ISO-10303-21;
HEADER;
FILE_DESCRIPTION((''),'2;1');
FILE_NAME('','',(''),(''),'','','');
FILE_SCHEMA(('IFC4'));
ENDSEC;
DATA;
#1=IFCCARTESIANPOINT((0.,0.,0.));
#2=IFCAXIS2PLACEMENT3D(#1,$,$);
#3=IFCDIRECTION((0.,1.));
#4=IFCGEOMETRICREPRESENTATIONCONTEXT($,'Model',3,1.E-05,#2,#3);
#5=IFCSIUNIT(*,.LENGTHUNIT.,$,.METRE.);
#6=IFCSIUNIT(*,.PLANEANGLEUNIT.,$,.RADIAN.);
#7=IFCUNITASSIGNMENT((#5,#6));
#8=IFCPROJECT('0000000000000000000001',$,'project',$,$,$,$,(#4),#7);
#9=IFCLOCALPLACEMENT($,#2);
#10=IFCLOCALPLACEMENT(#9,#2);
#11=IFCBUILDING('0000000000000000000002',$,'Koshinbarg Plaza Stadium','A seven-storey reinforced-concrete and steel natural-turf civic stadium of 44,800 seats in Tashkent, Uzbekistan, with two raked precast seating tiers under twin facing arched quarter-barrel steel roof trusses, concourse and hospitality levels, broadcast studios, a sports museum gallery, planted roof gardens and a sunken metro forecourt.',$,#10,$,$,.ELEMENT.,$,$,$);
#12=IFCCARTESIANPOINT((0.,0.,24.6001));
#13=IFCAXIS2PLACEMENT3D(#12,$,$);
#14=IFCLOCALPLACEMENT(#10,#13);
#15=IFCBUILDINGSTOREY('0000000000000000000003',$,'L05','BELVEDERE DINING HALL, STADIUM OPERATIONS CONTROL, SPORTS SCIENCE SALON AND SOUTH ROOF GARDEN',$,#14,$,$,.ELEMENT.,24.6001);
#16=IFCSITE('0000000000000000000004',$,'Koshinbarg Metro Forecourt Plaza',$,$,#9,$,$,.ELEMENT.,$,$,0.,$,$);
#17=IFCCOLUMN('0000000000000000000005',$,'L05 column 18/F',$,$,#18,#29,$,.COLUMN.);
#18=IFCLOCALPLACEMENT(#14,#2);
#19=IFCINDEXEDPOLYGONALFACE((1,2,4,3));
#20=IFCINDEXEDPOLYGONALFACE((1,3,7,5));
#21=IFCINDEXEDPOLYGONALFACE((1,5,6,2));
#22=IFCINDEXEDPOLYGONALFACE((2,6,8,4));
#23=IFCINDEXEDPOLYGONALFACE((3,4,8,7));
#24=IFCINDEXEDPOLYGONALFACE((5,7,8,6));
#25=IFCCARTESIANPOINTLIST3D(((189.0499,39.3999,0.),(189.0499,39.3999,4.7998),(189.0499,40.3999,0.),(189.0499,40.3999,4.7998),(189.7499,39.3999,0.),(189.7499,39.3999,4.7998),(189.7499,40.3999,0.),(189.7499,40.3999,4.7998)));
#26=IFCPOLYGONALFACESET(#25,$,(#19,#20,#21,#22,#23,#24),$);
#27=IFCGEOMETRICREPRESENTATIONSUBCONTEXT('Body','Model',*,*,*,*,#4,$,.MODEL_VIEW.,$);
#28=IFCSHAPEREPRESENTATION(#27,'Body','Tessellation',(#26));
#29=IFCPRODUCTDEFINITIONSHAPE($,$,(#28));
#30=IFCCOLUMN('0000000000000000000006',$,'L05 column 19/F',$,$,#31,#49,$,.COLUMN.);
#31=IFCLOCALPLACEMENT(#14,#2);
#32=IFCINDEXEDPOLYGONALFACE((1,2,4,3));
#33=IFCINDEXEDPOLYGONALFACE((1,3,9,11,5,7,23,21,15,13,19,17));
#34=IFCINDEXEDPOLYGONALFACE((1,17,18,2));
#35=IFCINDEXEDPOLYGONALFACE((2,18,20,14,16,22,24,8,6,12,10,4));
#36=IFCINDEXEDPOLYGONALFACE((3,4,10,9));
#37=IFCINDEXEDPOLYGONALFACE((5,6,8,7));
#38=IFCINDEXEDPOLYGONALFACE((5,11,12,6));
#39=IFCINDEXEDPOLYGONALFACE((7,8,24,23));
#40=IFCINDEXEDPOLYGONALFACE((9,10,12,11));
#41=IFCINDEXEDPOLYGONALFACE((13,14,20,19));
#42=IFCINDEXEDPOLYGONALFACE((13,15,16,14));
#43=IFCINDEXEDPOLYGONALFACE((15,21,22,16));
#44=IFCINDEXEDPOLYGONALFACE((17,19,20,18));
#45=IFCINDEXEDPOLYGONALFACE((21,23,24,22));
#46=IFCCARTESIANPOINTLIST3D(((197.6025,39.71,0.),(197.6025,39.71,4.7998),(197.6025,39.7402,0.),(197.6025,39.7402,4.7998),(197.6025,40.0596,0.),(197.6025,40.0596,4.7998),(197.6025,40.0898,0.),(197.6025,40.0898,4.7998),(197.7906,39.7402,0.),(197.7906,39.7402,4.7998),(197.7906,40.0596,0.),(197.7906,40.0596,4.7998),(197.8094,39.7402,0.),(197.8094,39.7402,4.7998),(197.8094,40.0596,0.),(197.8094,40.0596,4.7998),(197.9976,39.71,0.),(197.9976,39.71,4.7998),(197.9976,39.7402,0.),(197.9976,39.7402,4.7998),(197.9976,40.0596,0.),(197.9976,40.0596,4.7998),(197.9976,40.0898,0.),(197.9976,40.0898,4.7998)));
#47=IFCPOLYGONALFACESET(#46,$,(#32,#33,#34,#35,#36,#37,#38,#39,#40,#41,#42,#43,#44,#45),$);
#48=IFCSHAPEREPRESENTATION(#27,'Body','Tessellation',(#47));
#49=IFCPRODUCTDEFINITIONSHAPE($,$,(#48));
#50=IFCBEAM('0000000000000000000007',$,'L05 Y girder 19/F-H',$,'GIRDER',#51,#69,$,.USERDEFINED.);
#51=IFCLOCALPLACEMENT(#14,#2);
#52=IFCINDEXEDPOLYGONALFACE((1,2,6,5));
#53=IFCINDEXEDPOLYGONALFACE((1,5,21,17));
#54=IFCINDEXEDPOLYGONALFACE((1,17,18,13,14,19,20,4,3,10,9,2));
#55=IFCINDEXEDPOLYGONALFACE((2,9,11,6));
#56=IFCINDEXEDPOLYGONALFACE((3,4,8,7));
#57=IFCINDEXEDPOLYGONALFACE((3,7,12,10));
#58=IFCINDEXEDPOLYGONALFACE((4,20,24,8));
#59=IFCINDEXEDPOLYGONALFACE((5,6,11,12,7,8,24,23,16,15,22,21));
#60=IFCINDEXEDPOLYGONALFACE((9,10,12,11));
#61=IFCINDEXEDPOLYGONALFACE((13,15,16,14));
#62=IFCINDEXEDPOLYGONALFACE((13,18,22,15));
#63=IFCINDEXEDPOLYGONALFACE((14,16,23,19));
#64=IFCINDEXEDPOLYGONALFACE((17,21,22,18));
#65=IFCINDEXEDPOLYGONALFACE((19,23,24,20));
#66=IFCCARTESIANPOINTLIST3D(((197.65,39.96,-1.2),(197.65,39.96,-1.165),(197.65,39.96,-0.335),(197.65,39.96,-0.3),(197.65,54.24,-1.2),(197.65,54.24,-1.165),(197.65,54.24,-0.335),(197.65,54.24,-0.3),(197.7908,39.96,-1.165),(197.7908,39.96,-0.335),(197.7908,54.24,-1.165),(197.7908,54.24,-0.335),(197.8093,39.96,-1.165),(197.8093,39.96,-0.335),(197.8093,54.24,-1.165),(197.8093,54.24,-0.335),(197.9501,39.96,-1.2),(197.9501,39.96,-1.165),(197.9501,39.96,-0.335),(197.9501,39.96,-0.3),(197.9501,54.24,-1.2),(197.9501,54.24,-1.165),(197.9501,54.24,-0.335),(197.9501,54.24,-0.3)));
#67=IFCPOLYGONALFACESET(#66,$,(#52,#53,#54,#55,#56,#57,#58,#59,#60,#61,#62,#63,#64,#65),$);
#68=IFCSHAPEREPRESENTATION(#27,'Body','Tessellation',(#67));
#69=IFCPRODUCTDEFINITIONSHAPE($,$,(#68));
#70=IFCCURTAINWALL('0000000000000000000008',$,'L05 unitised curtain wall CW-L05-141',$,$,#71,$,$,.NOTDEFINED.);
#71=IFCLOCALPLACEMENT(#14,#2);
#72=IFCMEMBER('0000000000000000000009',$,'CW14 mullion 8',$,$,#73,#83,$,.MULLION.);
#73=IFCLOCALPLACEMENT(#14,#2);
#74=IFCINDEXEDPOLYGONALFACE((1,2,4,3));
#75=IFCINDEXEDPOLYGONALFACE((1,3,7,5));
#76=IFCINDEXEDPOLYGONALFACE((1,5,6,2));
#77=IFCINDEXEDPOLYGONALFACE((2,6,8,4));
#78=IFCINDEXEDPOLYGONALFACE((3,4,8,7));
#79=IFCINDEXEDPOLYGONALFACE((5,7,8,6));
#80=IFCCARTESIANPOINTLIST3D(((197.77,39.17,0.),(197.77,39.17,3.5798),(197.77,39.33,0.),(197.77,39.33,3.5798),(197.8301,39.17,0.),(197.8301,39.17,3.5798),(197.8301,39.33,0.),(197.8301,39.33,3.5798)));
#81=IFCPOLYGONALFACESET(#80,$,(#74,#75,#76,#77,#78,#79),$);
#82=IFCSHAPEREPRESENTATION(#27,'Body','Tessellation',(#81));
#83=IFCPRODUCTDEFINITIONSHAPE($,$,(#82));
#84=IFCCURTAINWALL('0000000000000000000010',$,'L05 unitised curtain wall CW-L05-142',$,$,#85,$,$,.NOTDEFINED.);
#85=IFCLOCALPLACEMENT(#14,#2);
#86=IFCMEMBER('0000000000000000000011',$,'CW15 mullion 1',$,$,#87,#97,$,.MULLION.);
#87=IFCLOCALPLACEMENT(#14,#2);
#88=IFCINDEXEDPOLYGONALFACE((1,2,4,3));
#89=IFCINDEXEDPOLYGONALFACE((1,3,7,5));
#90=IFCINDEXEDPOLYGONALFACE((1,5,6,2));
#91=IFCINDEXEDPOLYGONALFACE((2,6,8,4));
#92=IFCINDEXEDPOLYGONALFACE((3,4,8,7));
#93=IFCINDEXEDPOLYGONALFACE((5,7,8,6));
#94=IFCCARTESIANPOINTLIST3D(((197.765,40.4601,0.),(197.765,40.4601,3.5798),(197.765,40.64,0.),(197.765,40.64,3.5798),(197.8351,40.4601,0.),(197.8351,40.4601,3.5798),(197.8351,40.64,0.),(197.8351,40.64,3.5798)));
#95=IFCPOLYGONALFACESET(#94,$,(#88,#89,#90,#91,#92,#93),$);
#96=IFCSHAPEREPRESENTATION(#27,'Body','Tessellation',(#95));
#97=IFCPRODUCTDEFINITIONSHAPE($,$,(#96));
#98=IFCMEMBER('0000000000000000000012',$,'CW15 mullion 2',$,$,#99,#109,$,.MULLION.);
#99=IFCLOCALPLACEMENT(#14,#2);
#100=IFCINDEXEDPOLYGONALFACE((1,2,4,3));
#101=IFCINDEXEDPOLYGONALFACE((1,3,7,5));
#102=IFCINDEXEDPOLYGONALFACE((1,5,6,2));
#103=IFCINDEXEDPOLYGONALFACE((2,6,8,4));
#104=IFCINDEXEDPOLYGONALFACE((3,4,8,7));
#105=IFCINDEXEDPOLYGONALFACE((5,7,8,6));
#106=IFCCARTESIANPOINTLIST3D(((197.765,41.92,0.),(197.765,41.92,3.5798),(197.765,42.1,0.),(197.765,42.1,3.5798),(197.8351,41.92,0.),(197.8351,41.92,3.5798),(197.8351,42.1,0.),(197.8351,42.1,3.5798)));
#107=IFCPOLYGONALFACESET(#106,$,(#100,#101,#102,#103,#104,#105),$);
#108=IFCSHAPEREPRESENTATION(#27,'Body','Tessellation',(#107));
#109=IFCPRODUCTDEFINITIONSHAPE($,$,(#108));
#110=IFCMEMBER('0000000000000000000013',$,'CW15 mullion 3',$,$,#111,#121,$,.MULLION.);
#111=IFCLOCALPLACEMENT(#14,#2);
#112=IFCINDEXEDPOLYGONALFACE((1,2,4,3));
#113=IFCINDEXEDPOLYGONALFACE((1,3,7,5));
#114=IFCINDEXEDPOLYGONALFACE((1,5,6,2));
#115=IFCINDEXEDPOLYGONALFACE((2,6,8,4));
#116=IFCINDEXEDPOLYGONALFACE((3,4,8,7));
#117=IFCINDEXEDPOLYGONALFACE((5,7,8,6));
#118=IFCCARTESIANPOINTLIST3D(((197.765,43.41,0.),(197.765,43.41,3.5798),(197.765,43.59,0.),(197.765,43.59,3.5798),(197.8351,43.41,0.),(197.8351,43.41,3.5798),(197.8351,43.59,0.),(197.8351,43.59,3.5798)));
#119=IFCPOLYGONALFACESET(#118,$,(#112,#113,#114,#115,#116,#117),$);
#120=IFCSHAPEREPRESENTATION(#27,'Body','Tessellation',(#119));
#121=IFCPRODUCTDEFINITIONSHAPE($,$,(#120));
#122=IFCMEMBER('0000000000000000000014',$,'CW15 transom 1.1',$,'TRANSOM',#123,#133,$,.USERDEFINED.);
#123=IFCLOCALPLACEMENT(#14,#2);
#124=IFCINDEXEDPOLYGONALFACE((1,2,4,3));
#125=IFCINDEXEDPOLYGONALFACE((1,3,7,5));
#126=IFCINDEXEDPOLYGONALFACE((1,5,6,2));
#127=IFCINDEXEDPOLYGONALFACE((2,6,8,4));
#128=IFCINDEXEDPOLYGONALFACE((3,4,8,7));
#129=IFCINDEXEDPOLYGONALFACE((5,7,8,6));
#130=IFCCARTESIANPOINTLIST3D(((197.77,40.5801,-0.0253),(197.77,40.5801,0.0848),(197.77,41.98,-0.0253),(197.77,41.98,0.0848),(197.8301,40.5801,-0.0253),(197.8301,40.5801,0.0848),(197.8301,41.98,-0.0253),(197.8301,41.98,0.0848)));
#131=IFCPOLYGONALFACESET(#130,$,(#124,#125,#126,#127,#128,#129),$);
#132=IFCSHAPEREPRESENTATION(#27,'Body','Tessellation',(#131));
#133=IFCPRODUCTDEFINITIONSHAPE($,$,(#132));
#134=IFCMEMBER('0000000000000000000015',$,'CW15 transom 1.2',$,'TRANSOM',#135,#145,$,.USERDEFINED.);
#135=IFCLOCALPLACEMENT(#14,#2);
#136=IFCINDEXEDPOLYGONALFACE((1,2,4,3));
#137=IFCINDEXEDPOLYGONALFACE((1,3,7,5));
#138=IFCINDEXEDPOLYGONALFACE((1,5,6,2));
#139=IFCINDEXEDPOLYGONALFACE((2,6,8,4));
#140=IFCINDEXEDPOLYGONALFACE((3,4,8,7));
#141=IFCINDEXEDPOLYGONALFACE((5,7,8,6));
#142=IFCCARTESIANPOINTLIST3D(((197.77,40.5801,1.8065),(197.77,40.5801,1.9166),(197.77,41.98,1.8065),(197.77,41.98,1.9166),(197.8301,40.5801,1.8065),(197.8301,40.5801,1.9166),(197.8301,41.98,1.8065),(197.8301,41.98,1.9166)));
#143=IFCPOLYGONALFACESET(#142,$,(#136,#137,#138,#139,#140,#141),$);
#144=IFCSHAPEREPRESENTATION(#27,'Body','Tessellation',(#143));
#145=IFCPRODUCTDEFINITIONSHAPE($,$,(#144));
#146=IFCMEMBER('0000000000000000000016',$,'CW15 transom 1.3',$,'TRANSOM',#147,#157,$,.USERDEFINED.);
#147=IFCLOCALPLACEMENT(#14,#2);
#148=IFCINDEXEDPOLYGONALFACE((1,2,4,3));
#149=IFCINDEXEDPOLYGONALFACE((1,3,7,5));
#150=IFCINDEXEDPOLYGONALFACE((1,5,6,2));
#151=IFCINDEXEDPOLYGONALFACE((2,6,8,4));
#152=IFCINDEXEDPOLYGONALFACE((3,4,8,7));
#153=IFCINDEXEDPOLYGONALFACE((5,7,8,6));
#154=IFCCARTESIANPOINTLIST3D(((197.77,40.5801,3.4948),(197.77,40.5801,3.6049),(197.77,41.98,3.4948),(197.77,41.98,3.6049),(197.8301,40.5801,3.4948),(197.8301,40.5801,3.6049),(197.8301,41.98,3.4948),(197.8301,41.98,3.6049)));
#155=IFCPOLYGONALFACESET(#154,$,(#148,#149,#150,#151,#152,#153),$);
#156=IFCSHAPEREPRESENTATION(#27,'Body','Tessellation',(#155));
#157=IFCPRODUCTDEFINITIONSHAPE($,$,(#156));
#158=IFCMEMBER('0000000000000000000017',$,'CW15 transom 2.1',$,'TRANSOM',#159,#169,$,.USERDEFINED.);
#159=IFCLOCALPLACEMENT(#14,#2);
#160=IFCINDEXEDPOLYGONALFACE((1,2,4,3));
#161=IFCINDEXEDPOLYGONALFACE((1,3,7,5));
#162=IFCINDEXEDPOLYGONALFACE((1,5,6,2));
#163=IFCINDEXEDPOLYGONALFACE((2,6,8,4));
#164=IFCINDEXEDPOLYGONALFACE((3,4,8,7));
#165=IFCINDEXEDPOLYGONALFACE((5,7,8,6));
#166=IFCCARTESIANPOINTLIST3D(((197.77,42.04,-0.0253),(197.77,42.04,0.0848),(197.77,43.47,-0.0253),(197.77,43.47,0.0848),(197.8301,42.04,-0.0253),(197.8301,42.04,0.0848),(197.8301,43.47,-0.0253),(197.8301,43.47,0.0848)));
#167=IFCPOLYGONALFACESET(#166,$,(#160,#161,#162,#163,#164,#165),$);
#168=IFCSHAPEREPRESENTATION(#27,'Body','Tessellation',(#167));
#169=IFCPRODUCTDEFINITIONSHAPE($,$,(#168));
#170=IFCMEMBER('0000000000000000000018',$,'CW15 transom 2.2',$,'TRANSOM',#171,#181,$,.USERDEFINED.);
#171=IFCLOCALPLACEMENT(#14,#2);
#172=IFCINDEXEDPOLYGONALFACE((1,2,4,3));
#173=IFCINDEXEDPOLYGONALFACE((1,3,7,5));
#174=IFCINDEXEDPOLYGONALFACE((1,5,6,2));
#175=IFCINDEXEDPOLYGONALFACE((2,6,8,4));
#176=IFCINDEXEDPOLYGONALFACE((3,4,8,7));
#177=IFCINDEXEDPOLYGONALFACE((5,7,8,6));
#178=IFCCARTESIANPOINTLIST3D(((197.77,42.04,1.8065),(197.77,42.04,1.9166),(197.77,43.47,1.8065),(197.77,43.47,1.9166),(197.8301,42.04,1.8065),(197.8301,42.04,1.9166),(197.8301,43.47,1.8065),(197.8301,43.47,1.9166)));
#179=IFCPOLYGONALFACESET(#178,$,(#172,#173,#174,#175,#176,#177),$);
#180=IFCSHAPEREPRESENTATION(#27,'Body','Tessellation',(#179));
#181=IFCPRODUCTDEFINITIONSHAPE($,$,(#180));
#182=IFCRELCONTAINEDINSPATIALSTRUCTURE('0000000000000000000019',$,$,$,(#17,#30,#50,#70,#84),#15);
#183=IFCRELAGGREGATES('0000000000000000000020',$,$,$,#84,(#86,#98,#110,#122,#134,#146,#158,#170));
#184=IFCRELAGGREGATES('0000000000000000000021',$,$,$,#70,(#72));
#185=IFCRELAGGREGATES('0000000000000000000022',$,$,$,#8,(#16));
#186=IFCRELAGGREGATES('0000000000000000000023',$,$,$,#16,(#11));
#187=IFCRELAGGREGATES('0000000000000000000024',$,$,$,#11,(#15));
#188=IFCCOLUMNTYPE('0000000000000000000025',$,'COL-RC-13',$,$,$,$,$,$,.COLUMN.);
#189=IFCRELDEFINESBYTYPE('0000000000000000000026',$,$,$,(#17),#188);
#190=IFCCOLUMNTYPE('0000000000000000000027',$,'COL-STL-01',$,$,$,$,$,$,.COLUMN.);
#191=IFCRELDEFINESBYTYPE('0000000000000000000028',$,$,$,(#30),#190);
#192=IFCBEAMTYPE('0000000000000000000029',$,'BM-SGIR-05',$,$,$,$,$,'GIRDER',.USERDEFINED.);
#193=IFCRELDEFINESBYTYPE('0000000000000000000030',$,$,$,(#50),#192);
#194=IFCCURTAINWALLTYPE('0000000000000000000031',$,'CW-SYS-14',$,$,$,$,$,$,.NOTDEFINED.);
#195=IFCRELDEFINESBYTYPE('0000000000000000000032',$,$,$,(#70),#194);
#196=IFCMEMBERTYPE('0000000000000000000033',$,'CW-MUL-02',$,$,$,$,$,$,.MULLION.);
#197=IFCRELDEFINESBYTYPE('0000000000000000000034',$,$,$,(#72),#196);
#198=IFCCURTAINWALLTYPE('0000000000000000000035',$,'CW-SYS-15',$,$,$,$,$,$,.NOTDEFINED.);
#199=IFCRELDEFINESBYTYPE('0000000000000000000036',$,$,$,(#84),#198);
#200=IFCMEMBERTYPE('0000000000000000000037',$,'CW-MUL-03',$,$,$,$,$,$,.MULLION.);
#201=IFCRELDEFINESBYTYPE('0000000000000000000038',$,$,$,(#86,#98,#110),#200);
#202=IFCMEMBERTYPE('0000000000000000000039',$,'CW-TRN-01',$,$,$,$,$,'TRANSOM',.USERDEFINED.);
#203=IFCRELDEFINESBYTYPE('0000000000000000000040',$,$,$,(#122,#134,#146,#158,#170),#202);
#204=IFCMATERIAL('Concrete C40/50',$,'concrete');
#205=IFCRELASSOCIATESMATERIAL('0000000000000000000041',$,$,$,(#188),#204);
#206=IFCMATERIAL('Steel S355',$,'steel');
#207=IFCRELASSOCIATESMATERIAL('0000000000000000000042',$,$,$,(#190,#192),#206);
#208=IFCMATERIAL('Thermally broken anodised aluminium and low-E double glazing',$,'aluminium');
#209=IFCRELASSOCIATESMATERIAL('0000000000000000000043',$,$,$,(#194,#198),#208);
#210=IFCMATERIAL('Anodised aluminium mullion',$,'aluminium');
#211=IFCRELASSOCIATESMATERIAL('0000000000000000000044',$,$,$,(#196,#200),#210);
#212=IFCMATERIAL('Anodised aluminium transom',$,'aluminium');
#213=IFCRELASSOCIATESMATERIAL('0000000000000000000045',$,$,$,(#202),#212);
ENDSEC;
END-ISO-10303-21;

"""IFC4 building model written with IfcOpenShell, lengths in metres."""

from ifc_helpers import new_model, si_unit, direction, frame, origin, origin_2d, place, context, subcontext, project, spatial, rectangle, i_section, extrude, material, material_profile, profile_set, type_object, element, aggregate, save


model = new_model("IFC4")

# Units and contexts
model_context = context("Model", 3, precision=1e-05, world=origin(), true_north=direction((0.0, 1.0)))
body_context = subcontext(model_context, "Body", "Model", "MODEL_VIEW")
ifc_project = project(units=[si_unit("LENGTHUNIT", "METRE"), si_unit("PLANEANGLEUNIT", "RADIAN")], contexts=[model_context])

# Site, building, storey
site_placement = place(None, origin())
site = spatial("IfcSite", under=ifc_project, at=site_placement, Name="Koshinbarg Metro Forecourt Plaza", CompositionType="ELEMENT", RefElevation=0.0)
building_placement = place(site_placement, origin())
building = spatial("IfcBuilding", under=site, at=building_placement, Name="Koshinbarg Plaza Stadium", Description="A seven-storey reinforced-concrete and steel natural-turf civic stadium of 44,800 seats in Tashkent, Uzbekistan, with two raked precast seating tiers under twin facing arched quarter-barrel steel roof trusses, concourse and hospitality levels, broadcast studios, a sports museum gallery, planted roof gardens and a sunken metro forecourt.", CompositionType="ELEMENT")
storey_placement = place(building_placement, frame((0.0, 0.0, 24.6001)))
storey = spatial("IfcBuildingStorey", under=building, at=storey_placement, Name="L05", Description="BELVEDERE DINING HALL, STADIUM OPERATIONS CONTROL, SPORTS SCIENCE SALON AND SOUTH ROOF GARDEN", CompositionType="ELEMENT", Elevation=24.6001)

# Columns
ifc_material_1 = material(Name="Concrete C40/50", Category="concrete")
ifc_material_profile_1 = material_profile(ifc_material_1, rectangle(XDim=0.7, YDim=1.0, at=origin_2d()), Name="RC 700x1000")
ifc_profile_set_1 = profile_set([ifc_material_profile_1], Name="Concrete C40/50")
column_type_1 = type_object("IfcColumnType", Name="COL-RC-13", PredefinedType="COLUMN", material=ifc_profile_set_1)
column_1_placement = place(storey_placement, frame((189.3999, 39.8999, 0.0), z_axis=(0.0, 0.0, 1.0), x_axis=(1.0, 0.0, 0.0)))
element("IfcColumn", 1, at=column_1_placement, inside=storey, type_object=column_type_1, Name="L05 column 18/F", PredefinedType="COLUMN", context=body_context, shape_type="SweptSolid", body=[
    extrude(rectangle(XDim=0.7, YDim=1.0, at=origin_2d()), origin(), (0.0, 0.0, 1.0), 4.7998),
])
ifc_material_2 = material(Name="Steel S355", Category="steel")
ifc_material_profile_2 = material_profile(ifc_material_2, i_section(OverallWidth=0.395, OverallDepth=0.3799, WebThickness=0.0188, FlangeThickness=0.0303, at=origin_2d()), Name="HD 400x237")
ifc_profile_set_2 = profile_set([ifc_material_profile_2], Name="Steel S355")
column_type_2 = type_object("IfcColumnType", Name="COL-STL-01", PredefinedType="COLUMN", material=ifc_profile_set_2)
column_2_placement = place(storey_placement, frame((197.8, 39.8999, 0.0), z_axis=(0.0, 0.0, 1.0), x_axis=(1.0, 0.0, 0.0)))
element("IfcColumn", 2, at=column_2_placement, inside=storey, type_object=column_type_2, Name="L05 column 19/F", PredefinedType="COLUMN", context=body_context, shape_type="SweptSolid", body=[
    extrude(i_section(OverallWidth=0.395, OverallDepth=0.3799, WebThickness=0.0188, FlangeThickness=0.0303, at=origin_2d()), origin(), (0.0, 0.0, 1.0), 4.7998),
])

# Beam
ifc_material_profile_3 = material_profile(ifc_material_2, i_section(OverallWidth=0.3, OverallDepth=0.8999, WebThickness=0.0186, FlangeThickness=0.0349, at=origin_2d()), Name="HEB 900")
ifc_profile_set_3 = profile_set([ifc_material_profile_3], Name="Steel S355")
beam_type = type_object("IfcBeamType", Name="BM-SGIR-05", ElementType="GIRDER", PredefinedType="USERDEFINED", material=ifc_profile_set_3)
beam_placement = place(storey_placement, frame((197.8, 39.96, -0.75), z_axis=(0.0, 1.0, 0.0), x_axis=(-1.0, 0.0, 0.0)))
element("IfcBeam", 3, at=beam_placement, inside=storey, type_object=beam_type, Name="L05 Y girder 19/F-H", ObjectType="GIRDER", PredefinedType="USERDEFINED", context=body_context, shape_type="SweptSolid", body=[
    extrude(i_section(OverallWidth=0.3, OverallDepth=0.8999, WebThickness=0.0186, FlangeThickness=0.0349, at=origin_2d()), origin(), (0.0, 0.0, 1.0), 14.28),
])

# Curtain wall, member
ifc_material_3 = material(Name="Thermally broken anodised aluminium and low-E double glazing", Category="aluminium")
curtain_wall_type_1 = type_object("IfcCurtainWallType", Name="CW-SYS-14", PredefinedType="NOTDEFINED", material=ifc_material_3)
curtain_wall_1_placement = place(storey_placement, origin())
curtain_wall_1 = element("IfcCurtainWall", 4, at=curtain_wall_1_placement, inside=storey, type_object=curtain_wall_type_1, Name="L05 unitised curtain wall CW-L05-141", PredefinedType="NOTDEFINED")
ifc_material_4 = material(Name="Anodised aluminium mullion", Category="aluminium")
ifc_material_profile_4 = material_profile(ifc_material_4, rectangle(XDim=0.0601, YDim=0.1599, at=origin_2d()), Name="ALU 60x160")
ifc_profile_set_4 = profile_set([ifc_material_profile_4], Name="Anodised aluminium mullion")
member_type_1 = type_object("IfcMemberType", Name="CW-MUL-02", PredefinedType="MULLION", material=ifc_profile_set_4)
member_1_placement = place(storey_placement, frame((197.8, 39.25, 0.0), z_axis=(0.0, 0.0, 1.0), x_axis=(-1.0, 0.0, 0.0)))
member_1 = element("IfcMember", 5, at=member_1_placement, type_object=member_type_1, Name="CW14 mullion 8", PredefinedType="MULLION", context=body_context, shape_type="SweptSolid", body=[
    extrude(rectangle(XDim=0.0601, YDim=0.1599, at=origin_2d()), origin(), (0.0, 0.0, 1.0), 3.5798),
])

# Curtain wall, members
curtain_wall_type_2 = type_object("IfcCurtainWallType", Name="CW-SYS-15", PredefinedType="NOTDEFINED", material=ifc_material_3)
curtain_wall_2_placement = place(storey_placement, origin())
curtain_wall_2 = element("IfcCurtainWall", 6, at=curtain_wall_2_placement, inside=storey, type_object=curtain_wall_type_2, Name="L05 unitised curtain wall CW-L05-142", PredefinedType="NOTDEFINED")
ifc_material_profile_5 = material_profile(ifc_material_4, rectangle(XDim=0.0701, YDim=0.1799, at=origin_2d()), Name="ALU 70x180")
ifc_profile_set_5 = profile_set([ifc_material_profile_5], Name="Anodised aluminium mullion")
member_type_2 = type_object("IfcMemberType", Name="CW-MUL-03", PredefinedType="MULLION", material=ifc_profile_set_5)
member_2_placement = place(storey_placement, frame((197.8, 40.55, 0.0), z_axis=(0.0, 0.0, 1.0), x_axis=(-1.0, 0.0, 0.0)))
member_2 = element("IfcMember", 7, at=member_2_placement, type_object=member_type_2, Name="CW15 mullion 1", PredefinedType="MULLION", context=body_context, shape_type="SweptSolid", body=[
    extrude(rectangle(XDim=0.0701, YDim=0.1799, at=origin_2d()), origin(), (0.0, 0.0, 1.0), 3.5798),
])
member_3_placement = place(storey_placement, frame((197.8, 42.01, 0.0), z_axis=(0.0, 0.0, 1.0), x_axis=(-1.0, 0.0, 0.0)))
member_3 = element("IfcMember", 8, at=member_3_placement, type_object=member_type_2, Name="CW15 mullion 2", PredefinedType="MULLION", context=body_context, shape_type="SweptSolid", body=[
    extrude(rectangle(XDim=0.0701, YDim=0.1799, at=origin_2d()), origin(), (0.0, 0.0, 1.0), 3.5798),
])
member_4_placement = place(storey_placement, frame((197.8, 43.5, 0.0), z_axis=(0.0, 0.0, 1.0), x_axis=(-1.0, 0.0, 0.0)))
member_4 = element("IfcMember", 9, at=member_4_placement, type_object=member_type_2, Name="CW15 mullion 3", PredefinedType="MULLION", context=body_context, shape_type="SweptSolid", body=[
    extrude(rectangle(XDim=0.0701, YDim=0.1799, at=origin_2d()), origin(), (0.0, 0.0, 1.0), 3.5798),
])
ifc_material_5 = material(Name="Anodised aluminium transom", Category="aluminium")
ifc_material_profile_6 = material_profile(ifc_material_5, rectangle(XDim=0.0601, YDim=0.1101, at=origin_2d()), Name="ALU 60x110")
ifc_profile_set_6 = profile_set([ifc_material_profile_6], Name="Anodised aluminium transom")
member_type_3 = type_object("IfcMemberType", Name="CW-TRN-01", ElementType="TRANSOM", PredefinedType="USERDEFINED", material=ifc_profile_set_6)
member_5_placement = place(storey_placement, frame((197.8, 40.5801, 0.0298), z_axis=(0.0, 1.0, 0.0), x_axis=(-1.0, 0.0, 0.0)))
member_5 = element("IfcMember", 10, at=member_5_placement, type_object=member_type_3, Name="CW15 transom 1.1", ObjectType="TRANSOM", PredefinedType="USERDEFINED", context=body_context, shape_type="SweptSolid", body=[
    extrude(rectangle(XDim=0.0601, YDim=0.1101, at=origin_2d()), origin(), (0.0, 0.0, 1.0), 1.3999),
])
member_6_placement = place(storey_placement, frame((197.8, 40.5801, 1.8616), z_axis=(0.0, 1.0, 0.0), x_axis=(-1.0, 0.0, 0.0)))
member_6 = element("IfcMember", 11, at=member_6_placement, type_object=member_type_3, Name="CW15 transom 1.2", ObjectType="TRANSOM", PredefinedType="USERDEFINED", context=body_context, shape_type="SweptSolid", body=[
    extrude(rectangle(XDim=0.0601, YDim=0.1101, at=origin_2d()), origin(), (0.0, 0.0, 1.0), 1.3999),
])
member_7_placement = place(storey_placement, frame((197.8, 40.5801, 3.5498), z_axis=(0.0, 1.0, 0.0), x_axis=(-1.0, 0.0, 0.0)))
member_7 = element("IfcMember", 12, at=member_7_placement, type_object=member_type_3, Name="CW15 transom 1.3", ObjectType="TRANSOM", PredefinedType="USERDEFINED", context=body_context, shape_type="SweptSolid", body=[
    extrude(rectangle(XDim=0.0601, YDim=0.1101, at=origin_2d()), origin(), (0.0, 0.0, 1.0), 1.3999),
])
member_8_placement = place(storey_placement, frame((197.8, 42.04, 0.0298), z_axis=(0.0, 1.0, 0.0), x_axis=(-1.0, 0.0, 0.0)))
member_8 = element("IfcMember", 13, at=member_8_placement, type_object=member_type_3, Name="CW15 transom 2.1", ObjectType="TRANSOM", PredefinedType="USERDEFINED", context=body_context, shape_type="SweptSolid", body=[
    extrude(rectangle(XDim=0.0601, YDim=0.1101, at=origin_2d()), origin(), (0.0, 0.0, 1.0), 1.4299),
])
member_9_placement = place(storey_placement, frame((197.8, 42.04, 1.8616), z_axis=(0.0, 1.0, 0.0), x_axis=(-1.0, 0.0, 0.0)))
member_9 = element("IfcMember", 14, at=member_9_placement, type_object=member_type_3, Name="CW15 transom 2.2", ObjectType="TRANSOM", PredefinedType="USERDEFINED", context=body_context, shape_type="SweptSolid", body=[
    extrude(rectangle(XDim=0.0601, YDim=0.1101, at=origin_2d()), origin(), (0.0, 0.0, 1.0), 1.4299),
])

aggregate(curtain_wall_2, [member_2, member_3, member_4, member_5, member_6, member_7, member_8, member_9])
aggregate(curtain_wall_1, [member_1])

save(model, "model.ifc")
